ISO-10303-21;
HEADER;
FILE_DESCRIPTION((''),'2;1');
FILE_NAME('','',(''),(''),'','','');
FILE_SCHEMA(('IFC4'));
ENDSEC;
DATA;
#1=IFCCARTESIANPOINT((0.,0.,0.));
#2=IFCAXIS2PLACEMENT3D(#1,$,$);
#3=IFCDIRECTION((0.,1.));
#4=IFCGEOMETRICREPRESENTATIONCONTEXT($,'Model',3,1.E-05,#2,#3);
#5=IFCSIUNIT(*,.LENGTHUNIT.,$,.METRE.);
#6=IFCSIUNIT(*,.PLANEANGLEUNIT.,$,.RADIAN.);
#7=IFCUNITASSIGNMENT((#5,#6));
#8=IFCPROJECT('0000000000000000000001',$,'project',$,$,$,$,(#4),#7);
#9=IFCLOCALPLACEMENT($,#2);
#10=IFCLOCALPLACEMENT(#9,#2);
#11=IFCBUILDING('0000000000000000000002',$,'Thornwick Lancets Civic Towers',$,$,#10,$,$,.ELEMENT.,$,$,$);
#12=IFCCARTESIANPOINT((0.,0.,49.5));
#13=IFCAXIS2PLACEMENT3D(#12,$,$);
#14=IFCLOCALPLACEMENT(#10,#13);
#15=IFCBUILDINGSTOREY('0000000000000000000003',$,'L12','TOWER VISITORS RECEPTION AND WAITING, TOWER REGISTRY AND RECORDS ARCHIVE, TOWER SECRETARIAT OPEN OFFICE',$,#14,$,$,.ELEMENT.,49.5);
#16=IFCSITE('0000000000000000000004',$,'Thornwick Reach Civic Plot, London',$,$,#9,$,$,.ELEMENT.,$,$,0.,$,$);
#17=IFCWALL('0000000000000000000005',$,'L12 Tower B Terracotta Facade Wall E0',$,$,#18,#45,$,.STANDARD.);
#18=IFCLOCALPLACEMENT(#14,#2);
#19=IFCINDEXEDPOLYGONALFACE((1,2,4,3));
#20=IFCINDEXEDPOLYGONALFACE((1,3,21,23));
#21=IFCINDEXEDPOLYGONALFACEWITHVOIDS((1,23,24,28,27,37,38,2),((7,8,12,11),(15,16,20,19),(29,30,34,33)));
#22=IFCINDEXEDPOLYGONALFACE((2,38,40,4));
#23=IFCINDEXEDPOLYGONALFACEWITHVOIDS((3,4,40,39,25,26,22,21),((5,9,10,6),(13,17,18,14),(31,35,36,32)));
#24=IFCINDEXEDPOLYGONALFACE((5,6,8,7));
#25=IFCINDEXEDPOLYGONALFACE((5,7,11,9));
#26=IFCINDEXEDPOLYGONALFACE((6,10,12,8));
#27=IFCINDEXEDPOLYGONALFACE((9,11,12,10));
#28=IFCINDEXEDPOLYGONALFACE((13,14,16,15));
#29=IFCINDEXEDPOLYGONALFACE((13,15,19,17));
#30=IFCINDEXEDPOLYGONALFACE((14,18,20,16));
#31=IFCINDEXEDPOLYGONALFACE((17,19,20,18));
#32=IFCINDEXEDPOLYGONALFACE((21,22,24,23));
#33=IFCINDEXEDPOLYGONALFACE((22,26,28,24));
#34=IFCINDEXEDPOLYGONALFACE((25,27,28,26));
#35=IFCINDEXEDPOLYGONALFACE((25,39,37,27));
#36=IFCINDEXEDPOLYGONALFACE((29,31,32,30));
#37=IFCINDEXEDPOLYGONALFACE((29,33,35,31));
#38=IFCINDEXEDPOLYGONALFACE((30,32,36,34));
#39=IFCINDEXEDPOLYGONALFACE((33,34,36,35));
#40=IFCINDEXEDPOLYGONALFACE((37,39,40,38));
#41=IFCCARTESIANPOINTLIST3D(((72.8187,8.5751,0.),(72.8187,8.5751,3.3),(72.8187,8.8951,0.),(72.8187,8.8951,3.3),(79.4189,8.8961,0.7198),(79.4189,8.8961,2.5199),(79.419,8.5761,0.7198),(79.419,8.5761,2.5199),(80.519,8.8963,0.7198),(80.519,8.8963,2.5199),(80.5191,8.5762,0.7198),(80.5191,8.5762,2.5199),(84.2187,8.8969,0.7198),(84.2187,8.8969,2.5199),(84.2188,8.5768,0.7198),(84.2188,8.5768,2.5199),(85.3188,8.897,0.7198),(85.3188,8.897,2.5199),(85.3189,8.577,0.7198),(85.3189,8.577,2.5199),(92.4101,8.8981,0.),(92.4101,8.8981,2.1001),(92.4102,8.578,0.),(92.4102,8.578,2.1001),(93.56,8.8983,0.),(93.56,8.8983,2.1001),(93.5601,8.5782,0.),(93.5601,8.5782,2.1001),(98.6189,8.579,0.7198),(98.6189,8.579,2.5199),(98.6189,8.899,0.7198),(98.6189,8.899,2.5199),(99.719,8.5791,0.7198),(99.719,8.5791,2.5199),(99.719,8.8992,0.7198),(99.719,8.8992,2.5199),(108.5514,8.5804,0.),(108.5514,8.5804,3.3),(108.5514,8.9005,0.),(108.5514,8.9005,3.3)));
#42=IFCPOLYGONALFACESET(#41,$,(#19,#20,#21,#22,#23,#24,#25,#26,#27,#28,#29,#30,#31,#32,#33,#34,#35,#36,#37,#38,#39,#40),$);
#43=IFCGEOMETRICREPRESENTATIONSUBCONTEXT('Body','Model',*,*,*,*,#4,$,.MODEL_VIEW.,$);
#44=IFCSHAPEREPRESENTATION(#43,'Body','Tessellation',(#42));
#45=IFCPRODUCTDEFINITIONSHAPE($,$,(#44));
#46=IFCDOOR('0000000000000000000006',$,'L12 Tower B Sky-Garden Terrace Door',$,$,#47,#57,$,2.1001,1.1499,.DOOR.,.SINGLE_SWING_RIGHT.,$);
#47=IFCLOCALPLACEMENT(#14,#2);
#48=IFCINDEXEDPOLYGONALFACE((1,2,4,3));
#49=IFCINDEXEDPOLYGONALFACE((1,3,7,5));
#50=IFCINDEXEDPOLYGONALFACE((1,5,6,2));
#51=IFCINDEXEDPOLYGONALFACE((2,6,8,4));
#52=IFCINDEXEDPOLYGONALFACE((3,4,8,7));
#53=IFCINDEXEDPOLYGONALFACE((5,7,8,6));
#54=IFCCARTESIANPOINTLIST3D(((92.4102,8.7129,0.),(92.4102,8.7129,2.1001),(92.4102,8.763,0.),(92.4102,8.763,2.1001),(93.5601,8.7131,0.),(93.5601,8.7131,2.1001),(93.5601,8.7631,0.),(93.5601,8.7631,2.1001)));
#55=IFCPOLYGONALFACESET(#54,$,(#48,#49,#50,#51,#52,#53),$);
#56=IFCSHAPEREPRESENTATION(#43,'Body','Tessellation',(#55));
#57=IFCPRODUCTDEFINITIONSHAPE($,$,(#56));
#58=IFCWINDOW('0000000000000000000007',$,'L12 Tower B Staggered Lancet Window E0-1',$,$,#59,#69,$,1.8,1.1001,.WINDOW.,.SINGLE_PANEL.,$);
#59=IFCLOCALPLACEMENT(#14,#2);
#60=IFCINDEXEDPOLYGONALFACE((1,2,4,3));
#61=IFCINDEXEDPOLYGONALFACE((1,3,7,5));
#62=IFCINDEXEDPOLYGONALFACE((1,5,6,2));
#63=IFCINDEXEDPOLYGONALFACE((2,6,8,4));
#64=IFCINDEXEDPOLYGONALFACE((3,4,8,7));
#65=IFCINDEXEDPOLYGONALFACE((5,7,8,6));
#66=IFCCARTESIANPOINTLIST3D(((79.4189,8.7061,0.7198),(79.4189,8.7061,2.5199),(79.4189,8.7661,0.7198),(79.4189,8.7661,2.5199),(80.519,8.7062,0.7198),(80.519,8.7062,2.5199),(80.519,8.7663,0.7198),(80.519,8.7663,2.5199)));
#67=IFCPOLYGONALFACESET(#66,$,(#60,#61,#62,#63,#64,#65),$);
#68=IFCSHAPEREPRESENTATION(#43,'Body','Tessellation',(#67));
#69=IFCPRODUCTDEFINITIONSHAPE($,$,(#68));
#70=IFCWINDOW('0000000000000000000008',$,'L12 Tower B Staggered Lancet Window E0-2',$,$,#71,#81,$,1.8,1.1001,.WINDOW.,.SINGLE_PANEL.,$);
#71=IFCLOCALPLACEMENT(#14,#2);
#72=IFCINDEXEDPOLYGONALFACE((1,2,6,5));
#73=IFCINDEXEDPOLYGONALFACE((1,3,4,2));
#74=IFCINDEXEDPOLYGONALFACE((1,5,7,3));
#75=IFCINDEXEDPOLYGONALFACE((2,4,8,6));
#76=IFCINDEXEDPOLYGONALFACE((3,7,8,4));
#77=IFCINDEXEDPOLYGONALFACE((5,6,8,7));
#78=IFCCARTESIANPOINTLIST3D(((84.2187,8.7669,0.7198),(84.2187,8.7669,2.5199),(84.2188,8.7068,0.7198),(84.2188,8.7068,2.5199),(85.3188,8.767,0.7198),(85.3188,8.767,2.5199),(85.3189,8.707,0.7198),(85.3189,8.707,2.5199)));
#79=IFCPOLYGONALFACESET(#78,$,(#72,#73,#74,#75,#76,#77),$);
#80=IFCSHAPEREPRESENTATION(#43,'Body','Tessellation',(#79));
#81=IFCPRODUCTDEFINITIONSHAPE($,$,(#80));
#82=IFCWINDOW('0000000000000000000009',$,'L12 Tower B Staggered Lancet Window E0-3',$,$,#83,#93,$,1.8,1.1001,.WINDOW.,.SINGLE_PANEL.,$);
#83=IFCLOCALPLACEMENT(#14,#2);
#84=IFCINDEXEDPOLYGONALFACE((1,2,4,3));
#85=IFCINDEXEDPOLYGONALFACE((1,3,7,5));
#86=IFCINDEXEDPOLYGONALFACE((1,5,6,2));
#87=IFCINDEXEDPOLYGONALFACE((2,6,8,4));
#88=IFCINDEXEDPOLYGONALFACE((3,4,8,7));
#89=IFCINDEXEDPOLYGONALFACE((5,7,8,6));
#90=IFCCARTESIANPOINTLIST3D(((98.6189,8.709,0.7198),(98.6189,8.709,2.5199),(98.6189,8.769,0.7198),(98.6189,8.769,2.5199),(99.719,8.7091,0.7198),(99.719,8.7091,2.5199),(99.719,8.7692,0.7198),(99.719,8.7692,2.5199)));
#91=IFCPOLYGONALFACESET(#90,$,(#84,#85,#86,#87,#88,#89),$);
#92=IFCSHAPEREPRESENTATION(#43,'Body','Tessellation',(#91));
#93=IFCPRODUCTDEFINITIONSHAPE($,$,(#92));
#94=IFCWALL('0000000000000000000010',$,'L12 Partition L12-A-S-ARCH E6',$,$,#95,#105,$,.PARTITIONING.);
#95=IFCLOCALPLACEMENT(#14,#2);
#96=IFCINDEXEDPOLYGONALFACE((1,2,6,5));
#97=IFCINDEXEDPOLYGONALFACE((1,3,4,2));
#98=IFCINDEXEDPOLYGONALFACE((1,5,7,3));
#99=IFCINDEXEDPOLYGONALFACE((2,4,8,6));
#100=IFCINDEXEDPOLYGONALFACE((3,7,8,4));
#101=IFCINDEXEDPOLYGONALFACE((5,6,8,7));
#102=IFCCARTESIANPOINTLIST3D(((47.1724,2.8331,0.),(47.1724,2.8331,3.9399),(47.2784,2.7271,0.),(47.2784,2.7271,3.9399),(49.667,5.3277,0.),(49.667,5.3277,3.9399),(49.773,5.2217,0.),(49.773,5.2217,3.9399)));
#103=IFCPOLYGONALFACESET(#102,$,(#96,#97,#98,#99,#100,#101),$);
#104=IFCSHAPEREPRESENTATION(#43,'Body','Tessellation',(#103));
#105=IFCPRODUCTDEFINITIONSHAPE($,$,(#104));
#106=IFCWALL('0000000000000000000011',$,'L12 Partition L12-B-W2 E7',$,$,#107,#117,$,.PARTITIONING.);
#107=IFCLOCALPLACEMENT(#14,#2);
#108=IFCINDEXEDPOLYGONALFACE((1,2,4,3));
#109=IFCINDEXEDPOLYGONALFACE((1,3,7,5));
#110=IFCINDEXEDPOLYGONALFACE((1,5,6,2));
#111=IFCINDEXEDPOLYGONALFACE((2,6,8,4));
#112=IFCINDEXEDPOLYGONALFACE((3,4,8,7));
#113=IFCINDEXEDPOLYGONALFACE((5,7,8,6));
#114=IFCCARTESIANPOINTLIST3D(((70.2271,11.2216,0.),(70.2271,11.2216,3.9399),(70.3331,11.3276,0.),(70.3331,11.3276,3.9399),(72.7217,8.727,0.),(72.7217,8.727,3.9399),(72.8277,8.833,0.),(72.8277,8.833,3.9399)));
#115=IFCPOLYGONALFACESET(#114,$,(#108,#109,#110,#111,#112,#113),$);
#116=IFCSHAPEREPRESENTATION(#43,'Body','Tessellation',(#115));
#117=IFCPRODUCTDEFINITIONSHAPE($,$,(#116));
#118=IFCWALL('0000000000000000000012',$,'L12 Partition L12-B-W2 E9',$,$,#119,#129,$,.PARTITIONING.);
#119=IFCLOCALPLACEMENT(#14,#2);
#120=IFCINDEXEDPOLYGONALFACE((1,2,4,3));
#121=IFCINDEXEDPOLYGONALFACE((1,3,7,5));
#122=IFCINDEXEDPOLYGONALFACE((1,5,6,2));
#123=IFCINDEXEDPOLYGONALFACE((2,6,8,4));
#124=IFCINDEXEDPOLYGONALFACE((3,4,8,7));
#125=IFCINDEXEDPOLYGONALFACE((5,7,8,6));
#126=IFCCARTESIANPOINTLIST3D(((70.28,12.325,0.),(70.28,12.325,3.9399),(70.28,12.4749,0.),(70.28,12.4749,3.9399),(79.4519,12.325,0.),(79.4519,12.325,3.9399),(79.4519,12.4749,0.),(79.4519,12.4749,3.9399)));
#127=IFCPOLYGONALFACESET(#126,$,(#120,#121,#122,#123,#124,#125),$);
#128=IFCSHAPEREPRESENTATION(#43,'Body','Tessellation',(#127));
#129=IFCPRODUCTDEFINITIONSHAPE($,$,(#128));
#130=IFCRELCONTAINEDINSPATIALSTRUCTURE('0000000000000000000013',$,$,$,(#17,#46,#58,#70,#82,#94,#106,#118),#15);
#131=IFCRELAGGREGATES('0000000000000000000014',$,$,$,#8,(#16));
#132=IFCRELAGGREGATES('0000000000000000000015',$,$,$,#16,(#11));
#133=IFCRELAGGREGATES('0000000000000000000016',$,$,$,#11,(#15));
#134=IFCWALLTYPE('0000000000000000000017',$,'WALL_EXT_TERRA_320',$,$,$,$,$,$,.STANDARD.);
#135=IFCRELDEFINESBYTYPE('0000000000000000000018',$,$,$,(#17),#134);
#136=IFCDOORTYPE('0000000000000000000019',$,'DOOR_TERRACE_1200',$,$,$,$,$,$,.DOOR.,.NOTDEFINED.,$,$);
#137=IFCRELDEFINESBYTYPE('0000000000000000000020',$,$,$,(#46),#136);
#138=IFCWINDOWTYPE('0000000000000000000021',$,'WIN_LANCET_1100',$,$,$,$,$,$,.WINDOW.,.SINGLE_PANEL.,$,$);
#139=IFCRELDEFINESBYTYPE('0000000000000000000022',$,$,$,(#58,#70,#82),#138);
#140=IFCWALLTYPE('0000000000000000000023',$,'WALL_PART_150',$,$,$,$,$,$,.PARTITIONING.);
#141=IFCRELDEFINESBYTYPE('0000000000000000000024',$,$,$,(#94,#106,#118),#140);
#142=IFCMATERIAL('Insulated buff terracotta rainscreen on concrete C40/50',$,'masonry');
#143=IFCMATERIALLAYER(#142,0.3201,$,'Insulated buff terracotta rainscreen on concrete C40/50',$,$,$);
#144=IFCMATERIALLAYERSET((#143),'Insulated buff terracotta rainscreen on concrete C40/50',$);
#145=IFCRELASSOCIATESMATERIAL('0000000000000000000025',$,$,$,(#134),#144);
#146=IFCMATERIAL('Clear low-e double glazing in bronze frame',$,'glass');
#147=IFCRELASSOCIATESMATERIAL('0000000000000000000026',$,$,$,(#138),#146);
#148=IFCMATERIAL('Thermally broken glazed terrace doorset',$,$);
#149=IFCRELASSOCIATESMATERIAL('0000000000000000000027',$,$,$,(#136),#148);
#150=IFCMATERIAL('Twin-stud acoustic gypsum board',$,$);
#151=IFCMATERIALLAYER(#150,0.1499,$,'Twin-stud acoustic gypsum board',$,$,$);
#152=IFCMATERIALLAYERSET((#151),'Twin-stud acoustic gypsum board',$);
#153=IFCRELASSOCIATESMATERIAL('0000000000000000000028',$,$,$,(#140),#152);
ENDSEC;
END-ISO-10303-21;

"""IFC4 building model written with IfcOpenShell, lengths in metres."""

from ifc_helpers import new_model, si_unit, direction, frame, frame_2d, origin, place, context, subcontext, project, spatial, rectangle, extrude, material, layer, layer_set, type_object, element, fill, save


model = new_model("IFC4")

# Units and contexts
model_context = context("Model", 3, precision=1e-05, world=origin(), true_north=direction((0.0, 1.0)))
body_context = subcontext(model_context, "Body", "Model", "MODEL_VIEW")
ifc_project = project(units=[si_unit("LENGTHUNIT", "METRE"), si_unit("PLANEANGLEUNIT", "RADIAN")], contexts=[model_context])

# Site, building, storey
site_placement = place(None, origin())
site = spatial("IfcSite", under=ifc_project, at=site_placement, Name="Thornwick Reach Civic Plot, London", CompositionType="ELEMENT", RefElevation=0.0)
building_placement = place(site_placement, origin())
building = spatial("IfcBuilding", under=site, at=building_placement, Name="Thornwick Lancets Civic Towers", CompositionType="ELEMENT")
storey_placement = place(building_placement, frame((0.0, 0.0, 49.5)))
storey = spatial("IfcBuildingStorey", under=building, at=storey_placement, Name="L12", Description="TOWER VISITORS RECEPTION AND WAITING, TOWER REGISTRY AND RECORDS ARCHIVE, TOWER SECRETARIAT OPEN OFFICE", CompositionType="ELEMENT", Elevation=49.5)

# Shared definitions
ifc_material_1 = material(Name="Insulated buff terracotta rainscreen on concrete C40/50", Category="masonry")
ifc_layer_1 = layer(ifc_material_1, 0.3201, Name="Insulated buff terracotta rainscreen on concrete C40/50")
ifc_layer_set_1 = layer_set([ifc_layer_1], Name="Insulated buff terracotta rainscreen on concrete C40/50")
wall_type_1 = type_object("IfcWallType", Name="WALL_EXT_TERRA_320", PredefinedType="STANDARD", material=ifc_layer_set_1)
ifc_material_2 = material(Name="Clear low-e double glazing in bronze frame", Category="glass")
window_type = type_object("IfcWindowType", Name="WIN_LANCET_1100", PartitioningType="SINGLE_PANEL", PredefinedType="WINDOW", material=ifc_material_2)

# Wall, openings, door, windows
wall_1_placement = place(storey_placement, frame((72.8188, 8.7351, 0.0), z_axis=(0.0, 0.0, 1.0), x_axis=(1.0, 0.00015, 0.0)))
wall_1 = element("IfcWall", 1, at=wall_1_placement, inside=storey, type_object=wall_type_1, Name="L12 Tower B Terracotta Facade Wall E0", PredefinedType="STANDARD", context=body_context, shape_type="SweptSolid", body=[
    extrude(rectangle(XDim=35.7327, YDim=0.3201, at=frame_2d((17.8662, 0.0))), origin(), (0.0, 0.0, 1.0), 3.3),
])
opening_1_placement = place(wall_1_placement, frame((19.5913, 0.0, 0.0)))
opening_1 = element("IfcOpeningElement", 2, at=opening_1_placement, cuts=wall_1, PredefinedType="OPENING", context=body_context, shape_type="SweptSolid", body=[
    extrude(rectangle(XDim=1.1499, YDim=2.1001, at=frame_2d((0.575, 1.05))), frame((0.0, 0.1699, 0.0), z_axis=(0.0, -1.0, 0.0), x_axis=(1.0, 0.0, 0.0)), (0.0, 0.0, 1.0), 0.3401),
])
opening_2_placement = place(wall_1_placement, frame((6.6001, 0.0, 0.72)))
opening_2 = element("IfcOpeningElement", 3, at=opening_2_placement, cuts=wall_1, PredefinedType="OPENING", context=body_context, shape_type="SweptSolid", body=[
    extrude(rectangle(XDim=1.1001, YDim=1.8, at=frame_2d((0.55, 0.8999))), frame((0.0, 0.1699, 0.0), z_axis=(0.0, -1.0, 0.0), x_axis=(1.0, 0.0, 0.0)), (0.0, 0.0, 1.0), 0.3401),
])
opening_3_placement = place(wall_1_placement, frame((11.3999, 0.0, 0.72)))
opening_3 = element("IfcOpeningElement", 4, at=opening_3_placement, cuts=wall_1, PredefinedType="OPENING", context=body_context, shape_type="SweptSolid", body=[
    extrude(rectangle(XDim=1.1001, YDim=1.8, at=frame_2d((0.55, 0.8999))), frame((0.0, 0.1699, 0.0), z_axis=(0.0, -1.0, 0.0), x_axis=(1.0, 0.0, 0.0)), (0.0, 0.0, 1.0), 0.3401),
])
opening_4_placement = place(wall_1_placement, frame((25.8, 0.0, 0.72)))
opening_4 = element("IfcOpeningElement", 5, at=opening_4_placement, cuts=wall_1, PredefinedType="OPENING", context=body_context, shape_type="SweptSolid", body=[
    extrude(rectangle(XDim=1.1001, YDim=1.8, at=frame_2d((0.55, 0.8999))), frame((0.0, 0.1699, 0.0), z_axis=(0.0, -1.0, 0.0), x_axis=(1.0, 0.0, 0.0)), (0.0, 0.0, 1.0), 0.3401),
])
ifc_material_3 = material(Name="Thermally broken glazed terrace doorset")
door_type = type_object("IfcDoorType", Name="DOOR_TERRACE_1200", OperationType="NOTDEFINED", PredefinedType="DOOR", material=ifc_material_3)
door_placement = place(opening_1_placement, origin())
door = element("IfcDoor", 6, at=door_placement, inside=storey, type_object=door_type, Name="L12 Tower B Sky-Garden Terrace Door", OperationType="SINGLE_SWING_RIGHT", OverallHeight=2.1001, OverallWidth=1.1499, PredefinedType="DOOR", context=body_context, shape_type="SweptSolid", body=[
    extrude(rectangle(XDim=1.1499, YDim=2.1001, at=frame_2d((0.575, 1.05))), frame((0.0, 0.0249, 0.0), z_axis=(0.0, -1.0, 0.0), x_axis=(1.0, 0.0, 0.0)), (0.0, 0.0, 1.0), 0.05),
])
fill(opening_1, door)
window_1_placement = place(opening_2_placement, origin())
window_1 = element("IfcWindow", 7, at=window_1_placement, inside=storey, type_object=window_type, Name="L12 Tower B Staggered Lancet Window E0-1", OverallHeight=1.8, OverallWidth=1.1001, PartitioningType="SINGLE_PANEL", PredefinedType="WINDOW", context=body_context, shape_type="SweptSolid", body=[
    extrude(rectangle(XDim=1.1001, YDim=1.8, at=frame_2d((0.55, 0.8999))), frame((0.0, 0.03, 0.0), z_axis=(0.0, -1.0, 0.0), x_axis=(1.0, 0.0, 0.0)), (0.0, 0.0, 1.0), 0.0601),
])
fill(opening_2, window_1)
window_2_placement = place(opening_3_placement, origin())
window_2 = element("IfcWindow", 8, at=window_2_placement, inside=storey, type_object=window_type, Name="L12 Tower B Staggered Lancet Window E0-2", OverallHeight=1.8, OverallWidth=1.1001, PartitioningType="SINGLE_PANEL", PredefinedType="WINDOW", context=body_context, shape_type="SweptSolid", body=[
    extrude(rectangle(XDim=1.1001, YDim=1.8, at=frame_2d((0.55, 0.8999))), frame((0.0, 0.03, 0.0), z_axis=(0.0, -1.0, 0.0), x_axis=(1.0, 0.0, 0.0)), (0.0, 0.0, 1.0), 0.0601),
])
fill(opening_3, window_2)
window_3_placement = place(opening_4_placement, origin())
window_3 = element("IfcWindow", 9, at=window_3_placement, inside=storey, type_object=window_type, Name="L12 Tower B Staggered Lancet Window E0-3", OverallHeight=1.8, OverallWidth=1.1001, PartitioningType="SINGLE_PANEL", PredefinedType="WINDOW", context=body_context, shape_type="SweptSolid", body=[
    extrude(rectangle(XDim=1.1001, YDim=1.8, at=frame_2d((0.55, 0.8999))), frame((0.0, 0.03, 0.0), z_axis=(0.0, -1.0, 0.0), x_axis=(1.0, 0.0, 0.0)), (0.0, 0.0, 1.0), 0.0601),
])
fill(opening_4, window_3)

# Walls
ifc_material_4 = material(Name="Twin-stud acoustic gypsum board")
ifc_layer_2 = layer(ifc_material_4, 0.1499, Name="Twin-stud acoustic gypsum board")
ifc_layer_set_2 = layer_set([ifc_layer_2], Name="Twin-stud acoustic gypsum board")
wall_type_2 = type_object("IfcWallType", Name="WALL_PART_150", PredefinedType="PARTITIONING", material=ifc_layer_set_2)
for number, where, z_axis, x_axis, name in (
    (10, (49.72, 5.2747, 0.0), (0.0, 0.0, 1.0), (-0.707107, -0.707107, 0.0), "L12 Partition L12-A-S-ARCH E6"),
    (11, (72.7747, 8.78, 0.0), (0.0, 0.0, 1.0), (-0.707107, 0.707107, 0.0), "L12 Partition L12-B-W2 E7"),
):
    element("IfcWall", number, at=place(storey_placement, frame(where, z_axis=z_axis, x_axis=x_axis)), inside=storey, type_object=wall_type_2, Name=name, PredefinedType="PARTITIONING", context=body_context, shape_type="SweptSolid", body=[
        extrude(rectangle(XDim=3.5278, YDim=0.1499, at=frame_2d((1.7639, 0.0))), origin(), (0.0, 0.0, 1.0), 3.9399),
    ])
wall_2_placement = place(storey_placement, frame((70.28, 12.3999, 0.0), z_axis=(0.0, 0.0, 1.0), x_axis=(1.0, 0.0, 0.0)))
element("IfcWall", 12, at=wall_2_placement, inside=storey, type_object=wall_type_2, Name="L12 Partition L12-B-W2 E9", PredefinedType="PARTITIONING", context=body_context, shape_type="SweptSolid", body=[
    extrude(rectangle(XDim=9.1719, YDim=0.1499, at=frame_2d((4.5859, 0.0))), origin(), (0.0, 0.0, 1.0), 3.9399),
])

save(model, "model.ifc")
